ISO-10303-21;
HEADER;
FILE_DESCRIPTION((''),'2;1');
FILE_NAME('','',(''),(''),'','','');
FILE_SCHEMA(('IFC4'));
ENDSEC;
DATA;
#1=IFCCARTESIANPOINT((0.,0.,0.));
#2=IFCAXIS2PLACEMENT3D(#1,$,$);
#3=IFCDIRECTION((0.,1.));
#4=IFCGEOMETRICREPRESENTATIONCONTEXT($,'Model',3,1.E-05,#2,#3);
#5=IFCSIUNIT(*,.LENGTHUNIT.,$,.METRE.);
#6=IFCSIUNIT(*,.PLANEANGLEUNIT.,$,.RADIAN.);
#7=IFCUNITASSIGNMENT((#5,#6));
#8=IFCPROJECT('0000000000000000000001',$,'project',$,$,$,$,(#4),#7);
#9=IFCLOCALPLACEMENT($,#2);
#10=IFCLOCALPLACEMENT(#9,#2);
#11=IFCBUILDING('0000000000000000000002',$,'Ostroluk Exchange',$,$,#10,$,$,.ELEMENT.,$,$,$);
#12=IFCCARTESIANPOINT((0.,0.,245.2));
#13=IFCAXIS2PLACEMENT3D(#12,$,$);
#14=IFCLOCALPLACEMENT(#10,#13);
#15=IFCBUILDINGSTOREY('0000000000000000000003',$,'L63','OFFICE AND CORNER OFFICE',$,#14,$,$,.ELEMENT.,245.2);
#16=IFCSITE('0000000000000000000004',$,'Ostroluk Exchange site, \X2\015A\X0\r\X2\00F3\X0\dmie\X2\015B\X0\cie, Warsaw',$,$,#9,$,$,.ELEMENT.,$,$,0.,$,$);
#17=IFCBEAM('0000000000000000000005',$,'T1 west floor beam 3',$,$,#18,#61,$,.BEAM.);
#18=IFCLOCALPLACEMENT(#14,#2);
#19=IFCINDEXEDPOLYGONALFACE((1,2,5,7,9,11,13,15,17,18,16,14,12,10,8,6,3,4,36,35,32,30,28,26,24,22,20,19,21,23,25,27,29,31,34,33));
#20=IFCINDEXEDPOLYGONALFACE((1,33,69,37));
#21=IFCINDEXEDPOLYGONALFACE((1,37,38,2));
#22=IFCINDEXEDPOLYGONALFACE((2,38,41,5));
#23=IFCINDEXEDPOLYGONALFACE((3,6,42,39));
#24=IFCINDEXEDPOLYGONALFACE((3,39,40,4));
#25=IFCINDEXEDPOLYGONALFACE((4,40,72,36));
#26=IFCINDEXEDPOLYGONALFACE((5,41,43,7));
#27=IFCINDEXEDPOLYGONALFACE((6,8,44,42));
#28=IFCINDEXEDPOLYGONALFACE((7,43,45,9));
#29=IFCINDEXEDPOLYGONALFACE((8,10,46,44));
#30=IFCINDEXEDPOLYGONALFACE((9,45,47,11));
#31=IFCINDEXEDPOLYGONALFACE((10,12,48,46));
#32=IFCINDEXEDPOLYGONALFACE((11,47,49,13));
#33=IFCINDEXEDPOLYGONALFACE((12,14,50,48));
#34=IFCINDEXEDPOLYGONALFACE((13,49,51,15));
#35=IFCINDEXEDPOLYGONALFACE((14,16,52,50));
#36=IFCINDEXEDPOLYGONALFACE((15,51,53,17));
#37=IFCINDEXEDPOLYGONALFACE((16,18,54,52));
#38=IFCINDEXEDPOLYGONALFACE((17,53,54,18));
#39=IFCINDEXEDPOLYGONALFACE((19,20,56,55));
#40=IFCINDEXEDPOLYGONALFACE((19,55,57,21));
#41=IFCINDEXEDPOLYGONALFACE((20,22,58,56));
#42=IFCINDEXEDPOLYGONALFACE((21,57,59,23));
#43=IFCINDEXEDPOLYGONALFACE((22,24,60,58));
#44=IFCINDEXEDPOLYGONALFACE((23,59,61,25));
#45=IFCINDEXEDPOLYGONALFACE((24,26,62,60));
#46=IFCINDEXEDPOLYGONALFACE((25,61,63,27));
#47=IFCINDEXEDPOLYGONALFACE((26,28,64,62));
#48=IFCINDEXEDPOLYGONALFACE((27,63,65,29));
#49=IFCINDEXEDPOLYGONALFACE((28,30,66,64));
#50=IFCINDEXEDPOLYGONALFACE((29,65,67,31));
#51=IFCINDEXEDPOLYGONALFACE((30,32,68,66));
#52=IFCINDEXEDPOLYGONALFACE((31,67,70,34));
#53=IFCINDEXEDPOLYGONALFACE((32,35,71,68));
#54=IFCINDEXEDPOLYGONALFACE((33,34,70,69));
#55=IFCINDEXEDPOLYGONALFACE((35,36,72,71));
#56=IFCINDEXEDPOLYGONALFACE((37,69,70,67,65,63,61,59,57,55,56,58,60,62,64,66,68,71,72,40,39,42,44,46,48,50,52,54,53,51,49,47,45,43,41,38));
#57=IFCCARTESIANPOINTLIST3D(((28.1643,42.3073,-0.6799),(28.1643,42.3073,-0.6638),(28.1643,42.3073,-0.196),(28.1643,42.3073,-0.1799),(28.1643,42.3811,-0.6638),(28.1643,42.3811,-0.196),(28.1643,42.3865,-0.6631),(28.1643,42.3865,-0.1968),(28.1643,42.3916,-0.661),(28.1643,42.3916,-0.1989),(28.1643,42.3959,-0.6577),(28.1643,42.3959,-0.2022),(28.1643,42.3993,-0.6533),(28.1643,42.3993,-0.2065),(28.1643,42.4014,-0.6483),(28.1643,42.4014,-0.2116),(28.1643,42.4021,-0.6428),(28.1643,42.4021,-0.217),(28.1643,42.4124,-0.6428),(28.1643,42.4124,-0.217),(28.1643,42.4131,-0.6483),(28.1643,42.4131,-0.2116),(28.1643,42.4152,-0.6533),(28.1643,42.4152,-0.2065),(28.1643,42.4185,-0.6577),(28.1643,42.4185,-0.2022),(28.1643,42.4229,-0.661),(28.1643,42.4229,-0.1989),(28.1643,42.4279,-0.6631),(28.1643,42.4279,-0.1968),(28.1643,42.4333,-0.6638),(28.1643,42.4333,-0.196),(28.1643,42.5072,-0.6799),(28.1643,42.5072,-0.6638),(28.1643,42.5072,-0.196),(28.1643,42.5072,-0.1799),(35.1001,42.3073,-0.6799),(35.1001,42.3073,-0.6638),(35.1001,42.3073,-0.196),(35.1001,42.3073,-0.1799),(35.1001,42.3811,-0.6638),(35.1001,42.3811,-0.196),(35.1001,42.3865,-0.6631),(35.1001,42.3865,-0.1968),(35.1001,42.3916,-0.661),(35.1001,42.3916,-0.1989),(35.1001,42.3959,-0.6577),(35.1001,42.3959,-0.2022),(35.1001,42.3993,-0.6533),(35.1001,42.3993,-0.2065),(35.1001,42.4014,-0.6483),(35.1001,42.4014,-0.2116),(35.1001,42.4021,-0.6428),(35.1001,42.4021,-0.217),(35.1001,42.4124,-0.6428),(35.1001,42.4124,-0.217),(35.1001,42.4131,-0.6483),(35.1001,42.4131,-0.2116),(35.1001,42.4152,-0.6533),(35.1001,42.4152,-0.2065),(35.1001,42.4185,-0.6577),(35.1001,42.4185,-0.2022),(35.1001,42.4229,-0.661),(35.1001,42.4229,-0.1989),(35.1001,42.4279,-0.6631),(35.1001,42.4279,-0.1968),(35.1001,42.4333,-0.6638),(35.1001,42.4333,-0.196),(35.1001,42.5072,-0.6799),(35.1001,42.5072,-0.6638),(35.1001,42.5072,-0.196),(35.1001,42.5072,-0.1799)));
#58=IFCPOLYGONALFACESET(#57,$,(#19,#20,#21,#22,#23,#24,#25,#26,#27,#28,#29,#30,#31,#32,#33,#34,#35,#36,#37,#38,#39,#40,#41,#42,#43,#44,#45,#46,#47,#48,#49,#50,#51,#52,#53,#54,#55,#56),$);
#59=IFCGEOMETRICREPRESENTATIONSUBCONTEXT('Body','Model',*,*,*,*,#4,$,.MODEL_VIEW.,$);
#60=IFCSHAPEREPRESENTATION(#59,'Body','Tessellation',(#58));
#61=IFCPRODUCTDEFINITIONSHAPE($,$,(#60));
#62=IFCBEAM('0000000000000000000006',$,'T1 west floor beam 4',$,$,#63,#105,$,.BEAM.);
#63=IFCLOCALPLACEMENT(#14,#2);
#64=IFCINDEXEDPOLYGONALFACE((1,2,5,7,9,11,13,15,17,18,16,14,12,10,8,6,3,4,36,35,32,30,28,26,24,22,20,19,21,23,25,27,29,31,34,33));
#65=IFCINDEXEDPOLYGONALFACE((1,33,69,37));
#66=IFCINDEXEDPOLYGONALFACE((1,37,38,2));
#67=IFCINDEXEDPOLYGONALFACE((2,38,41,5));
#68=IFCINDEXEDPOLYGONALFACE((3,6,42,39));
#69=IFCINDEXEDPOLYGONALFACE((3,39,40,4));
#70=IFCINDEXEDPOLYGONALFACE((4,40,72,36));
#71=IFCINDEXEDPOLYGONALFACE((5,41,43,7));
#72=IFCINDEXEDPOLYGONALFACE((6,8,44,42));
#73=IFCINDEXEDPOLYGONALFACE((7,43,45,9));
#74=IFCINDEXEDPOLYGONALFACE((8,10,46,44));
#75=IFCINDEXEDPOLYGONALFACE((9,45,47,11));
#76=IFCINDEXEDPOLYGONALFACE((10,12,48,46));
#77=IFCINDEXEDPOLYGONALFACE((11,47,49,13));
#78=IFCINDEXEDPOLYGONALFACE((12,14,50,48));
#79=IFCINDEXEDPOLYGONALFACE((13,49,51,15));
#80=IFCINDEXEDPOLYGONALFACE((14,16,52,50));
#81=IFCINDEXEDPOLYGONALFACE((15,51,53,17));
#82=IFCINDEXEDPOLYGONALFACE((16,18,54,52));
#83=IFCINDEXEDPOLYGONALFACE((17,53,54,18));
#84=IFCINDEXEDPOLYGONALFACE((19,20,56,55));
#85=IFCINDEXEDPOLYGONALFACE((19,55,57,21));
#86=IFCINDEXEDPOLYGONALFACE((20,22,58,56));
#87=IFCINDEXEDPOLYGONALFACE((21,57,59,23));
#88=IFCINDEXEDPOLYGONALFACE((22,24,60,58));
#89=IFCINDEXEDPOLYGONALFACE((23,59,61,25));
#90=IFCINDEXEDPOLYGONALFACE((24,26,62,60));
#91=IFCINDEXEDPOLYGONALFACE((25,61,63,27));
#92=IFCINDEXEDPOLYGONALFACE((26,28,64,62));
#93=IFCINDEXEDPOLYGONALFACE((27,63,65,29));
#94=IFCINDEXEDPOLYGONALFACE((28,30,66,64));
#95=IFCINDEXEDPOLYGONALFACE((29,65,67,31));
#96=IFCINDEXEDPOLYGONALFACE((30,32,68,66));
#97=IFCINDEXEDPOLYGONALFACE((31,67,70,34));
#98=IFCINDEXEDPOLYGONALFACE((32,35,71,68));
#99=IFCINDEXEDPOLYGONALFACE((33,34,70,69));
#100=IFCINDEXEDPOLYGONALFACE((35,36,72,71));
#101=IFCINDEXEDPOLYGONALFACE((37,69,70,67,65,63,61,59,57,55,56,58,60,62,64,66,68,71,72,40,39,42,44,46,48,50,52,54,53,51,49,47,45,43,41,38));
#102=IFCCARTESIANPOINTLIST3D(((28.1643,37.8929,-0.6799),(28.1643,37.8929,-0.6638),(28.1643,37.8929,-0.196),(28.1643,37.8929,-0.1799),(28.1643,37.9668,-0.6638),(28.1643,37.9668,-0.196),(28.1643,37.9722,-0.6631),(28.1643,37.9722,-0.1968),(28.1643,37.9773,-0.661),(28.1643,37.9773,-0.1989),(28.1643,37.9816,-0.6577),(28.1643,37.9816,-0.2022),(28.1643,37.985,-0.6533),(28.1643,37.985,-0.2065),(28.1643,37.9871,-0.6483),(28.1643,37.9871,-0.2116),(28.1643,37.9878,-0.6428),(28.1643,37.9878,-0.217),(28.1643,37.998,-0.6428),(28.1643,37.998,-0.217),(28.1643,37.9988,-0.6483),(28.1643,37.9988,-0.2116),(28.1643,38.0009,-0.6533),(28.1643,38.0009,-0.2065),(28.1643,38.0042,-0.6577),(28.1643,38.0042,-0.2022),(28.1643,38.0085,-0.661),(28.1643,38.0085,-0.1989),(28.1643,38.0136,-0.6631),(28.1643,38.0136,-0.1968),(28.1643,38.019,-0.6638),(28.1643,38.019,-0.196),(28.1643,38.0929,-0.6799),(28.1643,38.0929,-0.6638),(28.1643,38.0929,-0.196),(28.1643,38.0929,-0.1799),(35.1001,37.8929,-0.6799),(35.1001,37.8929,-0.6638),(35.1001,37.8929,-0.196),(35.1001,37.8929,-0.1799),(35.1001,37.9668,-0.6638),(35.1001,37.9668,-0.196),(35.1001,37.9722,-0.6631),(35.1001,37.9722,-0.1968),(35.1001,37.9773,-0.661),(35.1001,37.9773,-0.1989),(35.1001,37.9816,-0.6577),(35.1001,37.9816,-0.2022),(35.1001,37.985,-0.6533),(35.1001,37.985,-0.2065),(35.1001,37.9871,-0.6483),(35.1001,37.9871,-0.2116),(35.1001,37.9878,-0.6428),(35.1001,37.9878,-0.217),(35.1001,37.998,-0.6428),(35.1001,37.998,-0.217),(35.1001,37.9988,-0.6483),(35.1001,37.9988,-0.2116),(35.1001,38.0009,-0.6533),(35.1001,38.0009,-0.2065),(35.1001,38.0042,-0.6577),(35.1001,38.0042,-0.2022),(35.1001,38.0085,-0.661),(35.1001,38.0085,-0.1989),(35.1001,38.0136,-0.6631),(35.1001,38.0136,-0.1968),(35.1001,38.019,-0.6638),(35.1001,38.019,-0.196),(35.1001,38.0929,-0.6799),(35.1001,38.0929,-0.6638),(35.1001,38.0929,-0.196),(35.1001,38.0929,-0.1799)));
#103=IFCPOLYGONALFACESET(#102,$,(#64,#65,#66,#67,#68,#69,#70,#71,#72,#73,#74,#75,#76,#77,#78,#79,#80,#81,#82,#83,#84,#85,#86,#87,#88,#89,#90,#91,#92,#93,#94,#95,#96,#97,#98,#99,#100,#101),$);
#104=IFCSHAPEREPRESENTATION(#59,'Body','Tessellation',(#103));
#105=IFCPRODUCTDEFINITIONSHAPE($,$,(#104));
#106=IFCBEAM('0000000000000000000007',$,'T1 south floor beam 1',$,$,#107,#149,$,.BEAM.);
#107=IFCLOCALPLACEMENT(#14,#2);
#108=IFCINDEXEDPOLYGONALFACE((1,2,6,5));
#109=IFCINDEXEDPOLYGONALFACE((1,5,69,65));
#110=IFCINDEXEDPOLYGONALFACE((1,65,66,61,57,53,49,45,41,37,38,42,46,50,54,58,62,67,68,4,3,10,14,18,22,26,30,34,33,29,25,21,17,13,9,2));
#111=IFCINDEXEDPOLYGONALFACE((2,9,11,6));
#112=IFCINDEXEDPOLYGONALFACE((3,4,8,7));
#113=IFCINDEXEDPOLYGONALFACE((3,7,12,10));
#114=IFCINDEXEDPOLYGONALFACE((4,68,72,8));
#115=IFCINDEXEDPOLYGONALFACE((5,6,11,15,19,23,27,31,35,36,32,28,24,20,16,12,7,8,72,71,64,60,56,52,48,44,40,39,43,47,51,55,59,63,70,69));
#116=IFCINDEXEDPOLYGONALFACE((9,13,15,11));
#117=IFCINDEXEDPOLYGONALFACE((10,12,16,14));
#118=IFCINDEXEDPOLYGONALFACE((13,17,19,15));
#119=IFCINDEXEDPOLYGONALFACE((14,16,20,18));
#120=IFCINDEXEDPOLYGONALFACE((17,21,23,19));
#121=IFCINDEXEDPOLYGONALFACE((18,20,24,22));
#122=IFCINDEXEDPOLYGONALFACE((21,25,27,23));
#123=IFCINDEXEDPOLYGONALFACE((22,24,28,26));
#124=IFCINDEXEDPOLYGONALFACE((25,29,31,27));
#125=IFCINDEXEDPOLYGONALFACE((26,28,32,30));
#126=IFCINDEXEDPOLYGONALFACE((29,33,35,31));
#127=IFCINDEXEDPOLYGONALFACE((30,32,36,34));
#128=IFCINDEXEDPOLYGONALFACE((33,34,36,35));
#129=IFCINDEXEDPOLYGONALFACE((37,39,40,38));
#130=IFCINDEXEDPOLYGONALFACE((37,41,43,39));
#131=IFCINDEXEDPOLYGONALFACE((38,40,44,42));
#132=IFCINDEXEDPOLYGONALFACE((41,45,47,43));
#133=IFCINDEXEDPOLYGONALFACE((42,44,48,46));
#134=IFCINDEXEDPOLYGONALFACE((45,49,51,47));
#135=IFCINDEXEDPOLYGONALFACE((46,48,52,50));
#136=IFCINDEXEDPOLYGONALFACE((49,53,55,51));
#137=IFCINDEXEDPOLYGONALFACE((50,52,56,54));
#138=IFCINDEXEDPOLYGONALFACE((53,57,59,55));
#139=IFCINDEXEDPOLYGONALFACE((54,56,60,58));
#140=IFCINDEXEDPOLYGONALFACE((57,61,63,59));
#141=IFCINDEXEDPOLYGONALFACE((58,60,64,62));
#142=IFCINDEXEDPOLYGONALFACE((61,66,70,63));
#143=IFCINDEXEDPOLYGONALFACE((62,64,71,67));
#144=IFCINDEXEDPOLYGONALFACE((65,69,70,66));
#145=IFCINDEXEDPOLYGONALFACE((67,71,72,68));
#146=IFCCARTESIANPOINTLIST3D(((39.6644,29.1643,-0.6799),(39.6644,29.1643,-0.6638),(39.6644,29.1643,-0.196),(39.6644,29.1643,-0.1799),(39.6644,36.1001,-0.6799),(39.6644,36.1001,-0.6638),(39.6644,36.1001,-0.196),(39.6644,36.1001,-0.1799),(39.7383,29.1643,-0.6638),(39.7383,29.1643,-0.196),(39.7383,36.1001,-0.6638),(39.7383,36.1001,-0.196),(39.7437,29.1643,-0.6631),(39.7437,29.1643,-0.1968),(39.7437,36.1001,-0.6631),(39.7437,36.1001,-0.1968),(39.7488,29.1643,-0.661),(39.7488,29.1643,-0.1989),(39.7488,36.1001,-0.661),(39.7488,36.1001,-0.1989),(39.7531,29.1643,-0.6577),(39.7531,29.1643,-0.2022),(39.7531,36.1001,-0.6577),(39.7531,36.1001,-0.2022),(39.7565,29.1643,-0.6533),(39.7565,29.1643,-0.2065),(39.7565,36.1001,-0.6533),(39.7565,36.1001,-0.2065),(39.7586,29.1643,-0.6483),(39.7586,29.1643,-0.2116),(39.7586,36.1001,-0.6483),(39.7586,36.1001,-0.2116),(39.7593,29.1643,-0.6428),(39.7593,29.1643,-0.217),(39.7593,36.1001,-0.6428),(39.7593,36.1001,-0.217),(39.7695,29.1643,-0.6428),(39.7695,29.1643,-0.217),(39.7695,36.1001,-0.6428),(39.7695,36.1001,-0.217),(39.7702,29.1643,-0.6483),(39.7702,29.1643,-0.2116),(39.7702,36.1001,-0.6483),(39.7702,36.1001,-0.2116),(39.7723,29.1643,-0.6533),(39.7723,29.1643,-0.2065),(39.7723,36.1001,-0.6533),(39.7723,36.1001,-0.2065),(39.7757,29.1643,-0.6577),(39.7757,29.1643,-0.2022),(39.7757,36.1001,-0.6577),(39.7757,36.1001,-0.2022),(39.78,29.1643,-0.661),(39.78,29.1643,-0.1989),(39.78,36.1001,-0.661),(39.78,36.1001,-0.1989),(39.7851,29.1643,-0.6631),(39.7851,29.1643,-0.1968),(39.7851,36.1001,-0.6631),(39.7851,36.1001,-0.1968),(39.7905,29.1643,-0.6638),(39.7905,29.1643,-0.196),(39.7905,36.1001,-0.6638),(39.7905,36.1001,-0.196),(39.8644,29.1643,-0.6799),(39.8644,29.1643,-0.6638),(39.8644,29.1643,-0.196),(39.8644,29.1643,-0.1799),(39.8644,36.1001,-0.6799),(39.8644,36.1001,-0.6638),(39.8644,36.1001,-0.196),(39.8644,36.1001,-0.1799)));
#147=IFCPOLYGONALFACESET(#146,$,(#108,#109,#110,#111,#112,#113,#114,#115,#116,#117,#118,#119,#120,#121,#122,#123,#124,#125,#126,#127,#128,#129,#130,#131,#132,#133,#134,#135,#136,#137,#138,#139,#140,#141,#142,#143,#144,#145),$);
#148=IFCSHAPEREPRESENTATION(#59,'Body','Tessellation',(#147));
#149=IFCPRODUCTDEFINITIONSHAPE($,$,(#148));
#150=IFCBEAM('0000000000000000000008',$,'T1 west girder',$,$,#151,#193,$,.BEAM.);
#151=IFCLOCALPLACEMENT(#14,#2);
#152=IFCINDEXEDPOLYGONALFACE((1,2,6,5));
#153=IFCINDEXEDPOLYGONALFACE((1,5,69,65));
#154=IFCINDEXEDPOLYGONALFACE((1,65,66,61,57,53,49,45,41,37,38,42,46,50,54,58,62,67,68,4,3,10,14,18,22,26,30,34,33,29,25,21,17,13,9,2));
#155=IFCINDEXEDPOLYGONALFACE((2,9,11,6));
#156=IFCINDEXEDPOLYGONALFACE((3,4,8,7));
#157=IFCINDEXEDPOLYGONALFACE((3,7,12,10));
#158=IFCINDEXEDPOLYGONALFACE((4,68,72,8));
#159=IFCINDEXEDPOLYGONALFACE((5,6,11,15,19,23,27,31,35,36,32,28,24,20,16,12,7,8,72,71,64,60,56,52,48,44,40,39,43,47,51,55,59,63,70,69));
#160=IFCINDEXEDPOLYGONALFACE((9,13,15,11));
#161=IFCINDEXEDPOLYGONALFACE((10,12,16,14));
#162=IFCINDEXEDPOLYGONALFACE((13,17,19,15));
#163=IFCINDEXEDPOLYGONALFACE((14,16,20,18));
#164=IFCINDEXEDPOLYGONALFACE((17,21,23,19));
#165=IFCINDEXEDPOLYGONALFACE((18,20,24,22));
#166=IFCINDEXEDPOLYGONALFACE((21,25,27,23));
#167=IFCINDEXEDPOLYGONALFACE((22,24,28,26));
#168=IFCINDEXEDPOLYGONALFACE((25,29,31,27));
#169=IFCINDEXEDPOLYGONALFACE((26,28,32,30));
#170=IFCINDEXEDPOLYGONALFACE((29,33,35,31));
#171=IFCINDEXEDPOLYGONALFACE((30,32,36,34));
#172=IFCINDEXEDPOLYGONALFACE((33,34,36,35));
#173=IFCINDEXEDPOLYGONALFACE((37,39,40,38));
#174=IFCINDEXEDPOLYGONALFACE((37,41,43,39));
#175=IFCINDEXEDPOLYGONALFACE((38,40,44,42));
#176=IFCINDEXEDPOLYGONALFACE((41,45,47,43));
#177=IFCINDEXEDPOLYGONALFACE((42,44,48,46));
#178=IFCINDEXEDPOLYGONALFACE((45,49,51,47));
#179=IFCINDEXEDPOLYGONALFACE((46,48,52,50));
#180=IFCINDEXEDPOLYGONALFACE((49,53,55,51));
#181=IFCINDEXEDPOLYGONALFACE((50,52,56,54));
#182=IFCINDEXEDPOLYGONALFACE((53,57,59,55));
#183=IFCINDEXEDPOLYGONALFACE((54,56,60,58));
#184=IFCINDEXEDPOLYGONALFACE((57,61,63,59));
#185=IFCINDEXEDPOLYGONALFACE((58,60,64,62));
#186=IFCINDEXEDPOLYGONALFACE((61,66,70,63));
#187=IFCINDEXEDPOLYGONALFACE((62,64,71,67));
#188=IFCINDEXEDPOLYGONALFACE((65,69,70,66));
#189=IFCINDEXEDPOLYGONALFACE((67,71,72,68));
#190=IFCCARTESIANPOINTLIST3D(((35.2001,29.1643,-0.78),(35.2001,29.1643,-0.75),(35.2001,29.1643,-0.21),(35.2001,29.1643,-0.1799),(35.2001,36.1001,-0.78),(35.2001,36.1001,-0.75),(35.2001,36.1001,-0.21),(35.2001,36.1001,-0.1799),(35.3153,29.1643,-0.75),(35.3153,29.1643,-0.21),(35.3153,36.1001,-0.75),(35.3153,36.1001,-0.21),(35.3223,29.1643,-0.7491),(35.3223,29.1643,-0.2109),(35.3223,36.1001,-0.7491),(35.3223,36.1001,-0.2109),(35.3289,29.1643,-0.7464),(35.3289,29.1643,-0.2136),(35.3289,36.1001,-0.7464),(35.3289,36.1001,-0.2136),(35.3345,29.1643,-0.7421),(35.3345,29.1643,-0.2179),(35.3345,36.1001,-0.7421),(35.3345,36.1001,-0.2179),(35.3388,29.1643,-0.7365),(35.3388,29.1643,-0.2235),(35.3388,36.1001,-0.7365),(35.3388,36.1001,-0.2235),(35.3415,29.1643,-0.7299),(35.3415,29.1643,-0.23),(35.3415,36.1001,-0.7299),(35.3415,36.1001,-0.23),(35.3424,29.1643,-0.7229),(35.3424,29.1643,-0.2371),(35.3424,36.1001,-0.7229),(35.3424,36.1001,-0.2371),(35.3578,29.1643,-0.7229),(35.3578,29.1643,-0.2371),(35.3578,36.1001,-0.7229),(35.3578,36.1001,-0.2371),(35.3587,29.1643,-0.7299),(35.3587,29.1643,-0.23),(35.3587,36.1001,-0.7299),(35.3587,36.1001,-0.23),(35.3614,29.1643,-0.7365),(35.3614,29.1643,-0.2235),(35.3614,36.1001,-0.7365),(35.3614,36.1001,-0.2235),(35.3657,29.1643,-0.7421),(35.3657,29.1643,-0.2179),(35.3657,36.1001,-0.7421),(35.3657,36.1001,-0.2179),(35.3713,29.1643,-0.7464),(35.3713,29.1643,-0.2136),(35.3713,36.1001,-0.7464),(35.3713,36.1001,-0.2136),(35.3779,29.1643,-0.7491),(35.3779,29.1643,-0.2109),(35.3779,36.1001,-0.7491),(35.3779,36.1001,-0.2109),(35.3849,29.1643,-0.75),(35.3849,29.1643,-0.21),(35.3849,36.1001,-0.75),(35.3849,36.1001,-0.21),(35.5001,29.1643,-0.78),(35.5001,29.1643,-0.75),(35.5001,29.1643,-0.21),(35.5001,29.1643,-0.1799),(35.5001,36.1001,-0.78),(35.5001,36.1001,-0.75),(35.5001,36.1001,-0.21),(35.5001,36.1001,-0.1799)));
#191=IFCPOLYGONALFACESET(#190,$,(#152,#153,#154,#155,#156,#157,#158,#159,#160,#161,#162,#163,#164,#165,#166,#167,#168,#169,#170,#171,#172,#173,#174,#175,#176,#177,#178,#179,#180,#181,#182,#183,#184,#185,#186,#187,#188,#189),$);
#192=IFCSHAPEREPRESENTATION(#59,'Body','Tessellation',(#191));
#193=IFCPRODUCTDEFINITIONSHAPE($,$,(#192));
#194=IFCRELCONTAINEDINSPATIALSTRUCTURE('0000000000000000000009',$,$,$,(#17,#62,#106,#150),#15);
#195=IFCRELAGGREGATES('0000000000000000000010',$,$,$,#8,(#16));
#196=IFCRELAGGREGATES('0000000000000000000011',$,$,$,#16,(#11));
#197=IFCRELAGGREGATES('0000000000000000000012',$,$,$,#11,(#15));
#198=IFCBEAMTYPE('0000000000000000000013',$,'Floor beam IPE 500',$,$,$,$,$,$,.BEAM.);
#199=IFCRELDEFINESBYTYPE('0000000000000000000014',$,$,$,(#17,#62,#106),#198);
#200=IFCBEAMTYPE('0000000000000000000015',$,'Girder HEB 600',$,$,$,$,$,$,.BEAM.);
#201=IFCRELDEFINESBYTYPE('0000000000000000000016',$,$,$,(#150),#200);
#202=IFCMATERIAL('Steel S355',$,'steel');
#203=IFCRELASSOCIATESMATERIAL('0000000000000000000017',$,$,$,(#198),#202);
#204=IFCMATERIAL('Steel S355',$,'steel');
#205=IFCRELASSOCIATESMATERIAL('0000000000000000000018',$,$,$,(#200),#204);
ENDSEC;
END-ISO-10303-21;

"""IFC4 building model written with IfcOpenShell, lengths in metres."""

from ifc_helpers import new_model, si_unit, direction, frame, origin, origin_2d, place, context, subcontext, project, spatial, i_section, extrude, material, material_profile, profile_set, type_object, element, save


model = new_model("IFC4")

# Units and contexts
model_context = context("Model", 3, precision=1e-05, world=origin(), true_north=direction((0.0, 1.0)))
body_context = subcontext(model_context, "Body", "Model", "MODEL_VIEW")
ifc_project = project(units=[si_unit("LENGTHUNIT", "METRE"), si_unit("PLANEANGLEUNIT", "RADIAN")], contexts=[model_context])

# Site, building, storey
site_placement = place(None, origin())
site = spatial("IfcSite", under=ifc_project, at=site_placement, Name="Ostroluk Exchange site, Śródmieście, Warsaw", CompositionType="ELEMENT", RefElevation=0.0)
building_placement = place(site_placement, origin())
building = spatial("IfcBuilding", under=site, at=building_placement, Name="Ostroluk Exchange", CompositionType="ELEMENT")
storey_placement = place(building_placement, frame((0.0, 0.0, 245.2)))
storey = spatial("IfcBuildingStorey", under=building, at=storey_placement, Name="L63", Description="OFFICE AND CORNER OFFICE", CompositionType="ELEMENT", Elevation=245.2)

# Beams
ifc_material_1 = material(Name="Steel S355", Category="steel")
ifc_material_profile_1 = material_profile(ifc_material_1, i_section(OverallWidth=0.2, OverallDepth=0.5, WebThickness=0.0103, FlangeThickness=0.0161, FilletRadius=0.021, at=origin_2d()), Name="IPE 500")
ifc_profile_set_1 = profile_set([ifc_material_profile_1], Name="Steel S355")
beam_type_1 = type_object("IfcBeamType", Name="Floor beam IPE 500", PredefinedType="BEAM", material=ifc_profile_set_1)
for number, where, z_axis, x_axis, name in (
    (1, (35.1001, 42.4072, -0.4299), (-1.0, 0.0, 0.0), (0.0, -1.0, 0.0), "T1 west floor beam 3"),
    (2, (35.1001, 37.9929, -0.4299), (-1.0, 0.0, 0.0), (0.0, -1.0, 0.0), "T1 west floor beam 4"),
    (3, (39.7644, 36.1001, -0.4299), (0.0, -1.0, 0.0), (1.0, 0.0, 0.0), "T1 south floor beam 1"),
):
    element("IfcBeam", number, at=place(storey_placement, frame(where, z_axis=z_axis, x_axis=x_axis)), inside=storey, type_object=beam_type_1, Name=name, PredefinedType="BEAM", context=body_context, shape_type="SweptSolid", body=[
        extrude(i_section(OverallWidth=0.2, OverallDepth=0.5, WebThickness=0.0103, FlangeThickness=0.0161, FilletRadius=0.021, at=origin_2d()), origin(), (0.0, 0.0, 1.0), 6.9358),
    ])
ifc_material_2 = material(Name="Steel S355", Category="steel")
ifc_material_profile_2 = material_profile(ifc_material_2, i_section(OverallWidth=0.3, OverallDepth=0.6001, WebThickness=0.0154, FlangeThickness=0.03, FilletRadius=0.0271, at=origin_2d()), Name="HEB 600")
ifc_profile_set_2 = profile_set([ifc_material_profile_2], Name="Steel S355")
beam_type_2 = type_object("IfcBeamType", Name="Girder HEB 600", PredefinedType="BEAM", material=ifc_profile_set_2)
beam_placement = place(storey_placement, frame((35.3501, 36.1001, -0.48), z_axis=(0.0, -1.0, 0.0), x_axis=(1.0, 0.0, 0.0)))
element("IfcBeam", 4, at=beam_placement, inside=storey, type_object=beam_type_2, Name="T1 west girder", PredefinedType="BEAM", context=body_context, shape_type="SweptSolid", body=[
    extrude(i_section(OverallWidth=0.3, OverallDepth=0.6001, WebThickness=0.0154, FlangeThickness=0.03, FilletRadius=0.0271, at=origin_2d()), origin(), (0.0, 0.0, 1.0), 6.9358),
])

save(model, "model.ifc")
